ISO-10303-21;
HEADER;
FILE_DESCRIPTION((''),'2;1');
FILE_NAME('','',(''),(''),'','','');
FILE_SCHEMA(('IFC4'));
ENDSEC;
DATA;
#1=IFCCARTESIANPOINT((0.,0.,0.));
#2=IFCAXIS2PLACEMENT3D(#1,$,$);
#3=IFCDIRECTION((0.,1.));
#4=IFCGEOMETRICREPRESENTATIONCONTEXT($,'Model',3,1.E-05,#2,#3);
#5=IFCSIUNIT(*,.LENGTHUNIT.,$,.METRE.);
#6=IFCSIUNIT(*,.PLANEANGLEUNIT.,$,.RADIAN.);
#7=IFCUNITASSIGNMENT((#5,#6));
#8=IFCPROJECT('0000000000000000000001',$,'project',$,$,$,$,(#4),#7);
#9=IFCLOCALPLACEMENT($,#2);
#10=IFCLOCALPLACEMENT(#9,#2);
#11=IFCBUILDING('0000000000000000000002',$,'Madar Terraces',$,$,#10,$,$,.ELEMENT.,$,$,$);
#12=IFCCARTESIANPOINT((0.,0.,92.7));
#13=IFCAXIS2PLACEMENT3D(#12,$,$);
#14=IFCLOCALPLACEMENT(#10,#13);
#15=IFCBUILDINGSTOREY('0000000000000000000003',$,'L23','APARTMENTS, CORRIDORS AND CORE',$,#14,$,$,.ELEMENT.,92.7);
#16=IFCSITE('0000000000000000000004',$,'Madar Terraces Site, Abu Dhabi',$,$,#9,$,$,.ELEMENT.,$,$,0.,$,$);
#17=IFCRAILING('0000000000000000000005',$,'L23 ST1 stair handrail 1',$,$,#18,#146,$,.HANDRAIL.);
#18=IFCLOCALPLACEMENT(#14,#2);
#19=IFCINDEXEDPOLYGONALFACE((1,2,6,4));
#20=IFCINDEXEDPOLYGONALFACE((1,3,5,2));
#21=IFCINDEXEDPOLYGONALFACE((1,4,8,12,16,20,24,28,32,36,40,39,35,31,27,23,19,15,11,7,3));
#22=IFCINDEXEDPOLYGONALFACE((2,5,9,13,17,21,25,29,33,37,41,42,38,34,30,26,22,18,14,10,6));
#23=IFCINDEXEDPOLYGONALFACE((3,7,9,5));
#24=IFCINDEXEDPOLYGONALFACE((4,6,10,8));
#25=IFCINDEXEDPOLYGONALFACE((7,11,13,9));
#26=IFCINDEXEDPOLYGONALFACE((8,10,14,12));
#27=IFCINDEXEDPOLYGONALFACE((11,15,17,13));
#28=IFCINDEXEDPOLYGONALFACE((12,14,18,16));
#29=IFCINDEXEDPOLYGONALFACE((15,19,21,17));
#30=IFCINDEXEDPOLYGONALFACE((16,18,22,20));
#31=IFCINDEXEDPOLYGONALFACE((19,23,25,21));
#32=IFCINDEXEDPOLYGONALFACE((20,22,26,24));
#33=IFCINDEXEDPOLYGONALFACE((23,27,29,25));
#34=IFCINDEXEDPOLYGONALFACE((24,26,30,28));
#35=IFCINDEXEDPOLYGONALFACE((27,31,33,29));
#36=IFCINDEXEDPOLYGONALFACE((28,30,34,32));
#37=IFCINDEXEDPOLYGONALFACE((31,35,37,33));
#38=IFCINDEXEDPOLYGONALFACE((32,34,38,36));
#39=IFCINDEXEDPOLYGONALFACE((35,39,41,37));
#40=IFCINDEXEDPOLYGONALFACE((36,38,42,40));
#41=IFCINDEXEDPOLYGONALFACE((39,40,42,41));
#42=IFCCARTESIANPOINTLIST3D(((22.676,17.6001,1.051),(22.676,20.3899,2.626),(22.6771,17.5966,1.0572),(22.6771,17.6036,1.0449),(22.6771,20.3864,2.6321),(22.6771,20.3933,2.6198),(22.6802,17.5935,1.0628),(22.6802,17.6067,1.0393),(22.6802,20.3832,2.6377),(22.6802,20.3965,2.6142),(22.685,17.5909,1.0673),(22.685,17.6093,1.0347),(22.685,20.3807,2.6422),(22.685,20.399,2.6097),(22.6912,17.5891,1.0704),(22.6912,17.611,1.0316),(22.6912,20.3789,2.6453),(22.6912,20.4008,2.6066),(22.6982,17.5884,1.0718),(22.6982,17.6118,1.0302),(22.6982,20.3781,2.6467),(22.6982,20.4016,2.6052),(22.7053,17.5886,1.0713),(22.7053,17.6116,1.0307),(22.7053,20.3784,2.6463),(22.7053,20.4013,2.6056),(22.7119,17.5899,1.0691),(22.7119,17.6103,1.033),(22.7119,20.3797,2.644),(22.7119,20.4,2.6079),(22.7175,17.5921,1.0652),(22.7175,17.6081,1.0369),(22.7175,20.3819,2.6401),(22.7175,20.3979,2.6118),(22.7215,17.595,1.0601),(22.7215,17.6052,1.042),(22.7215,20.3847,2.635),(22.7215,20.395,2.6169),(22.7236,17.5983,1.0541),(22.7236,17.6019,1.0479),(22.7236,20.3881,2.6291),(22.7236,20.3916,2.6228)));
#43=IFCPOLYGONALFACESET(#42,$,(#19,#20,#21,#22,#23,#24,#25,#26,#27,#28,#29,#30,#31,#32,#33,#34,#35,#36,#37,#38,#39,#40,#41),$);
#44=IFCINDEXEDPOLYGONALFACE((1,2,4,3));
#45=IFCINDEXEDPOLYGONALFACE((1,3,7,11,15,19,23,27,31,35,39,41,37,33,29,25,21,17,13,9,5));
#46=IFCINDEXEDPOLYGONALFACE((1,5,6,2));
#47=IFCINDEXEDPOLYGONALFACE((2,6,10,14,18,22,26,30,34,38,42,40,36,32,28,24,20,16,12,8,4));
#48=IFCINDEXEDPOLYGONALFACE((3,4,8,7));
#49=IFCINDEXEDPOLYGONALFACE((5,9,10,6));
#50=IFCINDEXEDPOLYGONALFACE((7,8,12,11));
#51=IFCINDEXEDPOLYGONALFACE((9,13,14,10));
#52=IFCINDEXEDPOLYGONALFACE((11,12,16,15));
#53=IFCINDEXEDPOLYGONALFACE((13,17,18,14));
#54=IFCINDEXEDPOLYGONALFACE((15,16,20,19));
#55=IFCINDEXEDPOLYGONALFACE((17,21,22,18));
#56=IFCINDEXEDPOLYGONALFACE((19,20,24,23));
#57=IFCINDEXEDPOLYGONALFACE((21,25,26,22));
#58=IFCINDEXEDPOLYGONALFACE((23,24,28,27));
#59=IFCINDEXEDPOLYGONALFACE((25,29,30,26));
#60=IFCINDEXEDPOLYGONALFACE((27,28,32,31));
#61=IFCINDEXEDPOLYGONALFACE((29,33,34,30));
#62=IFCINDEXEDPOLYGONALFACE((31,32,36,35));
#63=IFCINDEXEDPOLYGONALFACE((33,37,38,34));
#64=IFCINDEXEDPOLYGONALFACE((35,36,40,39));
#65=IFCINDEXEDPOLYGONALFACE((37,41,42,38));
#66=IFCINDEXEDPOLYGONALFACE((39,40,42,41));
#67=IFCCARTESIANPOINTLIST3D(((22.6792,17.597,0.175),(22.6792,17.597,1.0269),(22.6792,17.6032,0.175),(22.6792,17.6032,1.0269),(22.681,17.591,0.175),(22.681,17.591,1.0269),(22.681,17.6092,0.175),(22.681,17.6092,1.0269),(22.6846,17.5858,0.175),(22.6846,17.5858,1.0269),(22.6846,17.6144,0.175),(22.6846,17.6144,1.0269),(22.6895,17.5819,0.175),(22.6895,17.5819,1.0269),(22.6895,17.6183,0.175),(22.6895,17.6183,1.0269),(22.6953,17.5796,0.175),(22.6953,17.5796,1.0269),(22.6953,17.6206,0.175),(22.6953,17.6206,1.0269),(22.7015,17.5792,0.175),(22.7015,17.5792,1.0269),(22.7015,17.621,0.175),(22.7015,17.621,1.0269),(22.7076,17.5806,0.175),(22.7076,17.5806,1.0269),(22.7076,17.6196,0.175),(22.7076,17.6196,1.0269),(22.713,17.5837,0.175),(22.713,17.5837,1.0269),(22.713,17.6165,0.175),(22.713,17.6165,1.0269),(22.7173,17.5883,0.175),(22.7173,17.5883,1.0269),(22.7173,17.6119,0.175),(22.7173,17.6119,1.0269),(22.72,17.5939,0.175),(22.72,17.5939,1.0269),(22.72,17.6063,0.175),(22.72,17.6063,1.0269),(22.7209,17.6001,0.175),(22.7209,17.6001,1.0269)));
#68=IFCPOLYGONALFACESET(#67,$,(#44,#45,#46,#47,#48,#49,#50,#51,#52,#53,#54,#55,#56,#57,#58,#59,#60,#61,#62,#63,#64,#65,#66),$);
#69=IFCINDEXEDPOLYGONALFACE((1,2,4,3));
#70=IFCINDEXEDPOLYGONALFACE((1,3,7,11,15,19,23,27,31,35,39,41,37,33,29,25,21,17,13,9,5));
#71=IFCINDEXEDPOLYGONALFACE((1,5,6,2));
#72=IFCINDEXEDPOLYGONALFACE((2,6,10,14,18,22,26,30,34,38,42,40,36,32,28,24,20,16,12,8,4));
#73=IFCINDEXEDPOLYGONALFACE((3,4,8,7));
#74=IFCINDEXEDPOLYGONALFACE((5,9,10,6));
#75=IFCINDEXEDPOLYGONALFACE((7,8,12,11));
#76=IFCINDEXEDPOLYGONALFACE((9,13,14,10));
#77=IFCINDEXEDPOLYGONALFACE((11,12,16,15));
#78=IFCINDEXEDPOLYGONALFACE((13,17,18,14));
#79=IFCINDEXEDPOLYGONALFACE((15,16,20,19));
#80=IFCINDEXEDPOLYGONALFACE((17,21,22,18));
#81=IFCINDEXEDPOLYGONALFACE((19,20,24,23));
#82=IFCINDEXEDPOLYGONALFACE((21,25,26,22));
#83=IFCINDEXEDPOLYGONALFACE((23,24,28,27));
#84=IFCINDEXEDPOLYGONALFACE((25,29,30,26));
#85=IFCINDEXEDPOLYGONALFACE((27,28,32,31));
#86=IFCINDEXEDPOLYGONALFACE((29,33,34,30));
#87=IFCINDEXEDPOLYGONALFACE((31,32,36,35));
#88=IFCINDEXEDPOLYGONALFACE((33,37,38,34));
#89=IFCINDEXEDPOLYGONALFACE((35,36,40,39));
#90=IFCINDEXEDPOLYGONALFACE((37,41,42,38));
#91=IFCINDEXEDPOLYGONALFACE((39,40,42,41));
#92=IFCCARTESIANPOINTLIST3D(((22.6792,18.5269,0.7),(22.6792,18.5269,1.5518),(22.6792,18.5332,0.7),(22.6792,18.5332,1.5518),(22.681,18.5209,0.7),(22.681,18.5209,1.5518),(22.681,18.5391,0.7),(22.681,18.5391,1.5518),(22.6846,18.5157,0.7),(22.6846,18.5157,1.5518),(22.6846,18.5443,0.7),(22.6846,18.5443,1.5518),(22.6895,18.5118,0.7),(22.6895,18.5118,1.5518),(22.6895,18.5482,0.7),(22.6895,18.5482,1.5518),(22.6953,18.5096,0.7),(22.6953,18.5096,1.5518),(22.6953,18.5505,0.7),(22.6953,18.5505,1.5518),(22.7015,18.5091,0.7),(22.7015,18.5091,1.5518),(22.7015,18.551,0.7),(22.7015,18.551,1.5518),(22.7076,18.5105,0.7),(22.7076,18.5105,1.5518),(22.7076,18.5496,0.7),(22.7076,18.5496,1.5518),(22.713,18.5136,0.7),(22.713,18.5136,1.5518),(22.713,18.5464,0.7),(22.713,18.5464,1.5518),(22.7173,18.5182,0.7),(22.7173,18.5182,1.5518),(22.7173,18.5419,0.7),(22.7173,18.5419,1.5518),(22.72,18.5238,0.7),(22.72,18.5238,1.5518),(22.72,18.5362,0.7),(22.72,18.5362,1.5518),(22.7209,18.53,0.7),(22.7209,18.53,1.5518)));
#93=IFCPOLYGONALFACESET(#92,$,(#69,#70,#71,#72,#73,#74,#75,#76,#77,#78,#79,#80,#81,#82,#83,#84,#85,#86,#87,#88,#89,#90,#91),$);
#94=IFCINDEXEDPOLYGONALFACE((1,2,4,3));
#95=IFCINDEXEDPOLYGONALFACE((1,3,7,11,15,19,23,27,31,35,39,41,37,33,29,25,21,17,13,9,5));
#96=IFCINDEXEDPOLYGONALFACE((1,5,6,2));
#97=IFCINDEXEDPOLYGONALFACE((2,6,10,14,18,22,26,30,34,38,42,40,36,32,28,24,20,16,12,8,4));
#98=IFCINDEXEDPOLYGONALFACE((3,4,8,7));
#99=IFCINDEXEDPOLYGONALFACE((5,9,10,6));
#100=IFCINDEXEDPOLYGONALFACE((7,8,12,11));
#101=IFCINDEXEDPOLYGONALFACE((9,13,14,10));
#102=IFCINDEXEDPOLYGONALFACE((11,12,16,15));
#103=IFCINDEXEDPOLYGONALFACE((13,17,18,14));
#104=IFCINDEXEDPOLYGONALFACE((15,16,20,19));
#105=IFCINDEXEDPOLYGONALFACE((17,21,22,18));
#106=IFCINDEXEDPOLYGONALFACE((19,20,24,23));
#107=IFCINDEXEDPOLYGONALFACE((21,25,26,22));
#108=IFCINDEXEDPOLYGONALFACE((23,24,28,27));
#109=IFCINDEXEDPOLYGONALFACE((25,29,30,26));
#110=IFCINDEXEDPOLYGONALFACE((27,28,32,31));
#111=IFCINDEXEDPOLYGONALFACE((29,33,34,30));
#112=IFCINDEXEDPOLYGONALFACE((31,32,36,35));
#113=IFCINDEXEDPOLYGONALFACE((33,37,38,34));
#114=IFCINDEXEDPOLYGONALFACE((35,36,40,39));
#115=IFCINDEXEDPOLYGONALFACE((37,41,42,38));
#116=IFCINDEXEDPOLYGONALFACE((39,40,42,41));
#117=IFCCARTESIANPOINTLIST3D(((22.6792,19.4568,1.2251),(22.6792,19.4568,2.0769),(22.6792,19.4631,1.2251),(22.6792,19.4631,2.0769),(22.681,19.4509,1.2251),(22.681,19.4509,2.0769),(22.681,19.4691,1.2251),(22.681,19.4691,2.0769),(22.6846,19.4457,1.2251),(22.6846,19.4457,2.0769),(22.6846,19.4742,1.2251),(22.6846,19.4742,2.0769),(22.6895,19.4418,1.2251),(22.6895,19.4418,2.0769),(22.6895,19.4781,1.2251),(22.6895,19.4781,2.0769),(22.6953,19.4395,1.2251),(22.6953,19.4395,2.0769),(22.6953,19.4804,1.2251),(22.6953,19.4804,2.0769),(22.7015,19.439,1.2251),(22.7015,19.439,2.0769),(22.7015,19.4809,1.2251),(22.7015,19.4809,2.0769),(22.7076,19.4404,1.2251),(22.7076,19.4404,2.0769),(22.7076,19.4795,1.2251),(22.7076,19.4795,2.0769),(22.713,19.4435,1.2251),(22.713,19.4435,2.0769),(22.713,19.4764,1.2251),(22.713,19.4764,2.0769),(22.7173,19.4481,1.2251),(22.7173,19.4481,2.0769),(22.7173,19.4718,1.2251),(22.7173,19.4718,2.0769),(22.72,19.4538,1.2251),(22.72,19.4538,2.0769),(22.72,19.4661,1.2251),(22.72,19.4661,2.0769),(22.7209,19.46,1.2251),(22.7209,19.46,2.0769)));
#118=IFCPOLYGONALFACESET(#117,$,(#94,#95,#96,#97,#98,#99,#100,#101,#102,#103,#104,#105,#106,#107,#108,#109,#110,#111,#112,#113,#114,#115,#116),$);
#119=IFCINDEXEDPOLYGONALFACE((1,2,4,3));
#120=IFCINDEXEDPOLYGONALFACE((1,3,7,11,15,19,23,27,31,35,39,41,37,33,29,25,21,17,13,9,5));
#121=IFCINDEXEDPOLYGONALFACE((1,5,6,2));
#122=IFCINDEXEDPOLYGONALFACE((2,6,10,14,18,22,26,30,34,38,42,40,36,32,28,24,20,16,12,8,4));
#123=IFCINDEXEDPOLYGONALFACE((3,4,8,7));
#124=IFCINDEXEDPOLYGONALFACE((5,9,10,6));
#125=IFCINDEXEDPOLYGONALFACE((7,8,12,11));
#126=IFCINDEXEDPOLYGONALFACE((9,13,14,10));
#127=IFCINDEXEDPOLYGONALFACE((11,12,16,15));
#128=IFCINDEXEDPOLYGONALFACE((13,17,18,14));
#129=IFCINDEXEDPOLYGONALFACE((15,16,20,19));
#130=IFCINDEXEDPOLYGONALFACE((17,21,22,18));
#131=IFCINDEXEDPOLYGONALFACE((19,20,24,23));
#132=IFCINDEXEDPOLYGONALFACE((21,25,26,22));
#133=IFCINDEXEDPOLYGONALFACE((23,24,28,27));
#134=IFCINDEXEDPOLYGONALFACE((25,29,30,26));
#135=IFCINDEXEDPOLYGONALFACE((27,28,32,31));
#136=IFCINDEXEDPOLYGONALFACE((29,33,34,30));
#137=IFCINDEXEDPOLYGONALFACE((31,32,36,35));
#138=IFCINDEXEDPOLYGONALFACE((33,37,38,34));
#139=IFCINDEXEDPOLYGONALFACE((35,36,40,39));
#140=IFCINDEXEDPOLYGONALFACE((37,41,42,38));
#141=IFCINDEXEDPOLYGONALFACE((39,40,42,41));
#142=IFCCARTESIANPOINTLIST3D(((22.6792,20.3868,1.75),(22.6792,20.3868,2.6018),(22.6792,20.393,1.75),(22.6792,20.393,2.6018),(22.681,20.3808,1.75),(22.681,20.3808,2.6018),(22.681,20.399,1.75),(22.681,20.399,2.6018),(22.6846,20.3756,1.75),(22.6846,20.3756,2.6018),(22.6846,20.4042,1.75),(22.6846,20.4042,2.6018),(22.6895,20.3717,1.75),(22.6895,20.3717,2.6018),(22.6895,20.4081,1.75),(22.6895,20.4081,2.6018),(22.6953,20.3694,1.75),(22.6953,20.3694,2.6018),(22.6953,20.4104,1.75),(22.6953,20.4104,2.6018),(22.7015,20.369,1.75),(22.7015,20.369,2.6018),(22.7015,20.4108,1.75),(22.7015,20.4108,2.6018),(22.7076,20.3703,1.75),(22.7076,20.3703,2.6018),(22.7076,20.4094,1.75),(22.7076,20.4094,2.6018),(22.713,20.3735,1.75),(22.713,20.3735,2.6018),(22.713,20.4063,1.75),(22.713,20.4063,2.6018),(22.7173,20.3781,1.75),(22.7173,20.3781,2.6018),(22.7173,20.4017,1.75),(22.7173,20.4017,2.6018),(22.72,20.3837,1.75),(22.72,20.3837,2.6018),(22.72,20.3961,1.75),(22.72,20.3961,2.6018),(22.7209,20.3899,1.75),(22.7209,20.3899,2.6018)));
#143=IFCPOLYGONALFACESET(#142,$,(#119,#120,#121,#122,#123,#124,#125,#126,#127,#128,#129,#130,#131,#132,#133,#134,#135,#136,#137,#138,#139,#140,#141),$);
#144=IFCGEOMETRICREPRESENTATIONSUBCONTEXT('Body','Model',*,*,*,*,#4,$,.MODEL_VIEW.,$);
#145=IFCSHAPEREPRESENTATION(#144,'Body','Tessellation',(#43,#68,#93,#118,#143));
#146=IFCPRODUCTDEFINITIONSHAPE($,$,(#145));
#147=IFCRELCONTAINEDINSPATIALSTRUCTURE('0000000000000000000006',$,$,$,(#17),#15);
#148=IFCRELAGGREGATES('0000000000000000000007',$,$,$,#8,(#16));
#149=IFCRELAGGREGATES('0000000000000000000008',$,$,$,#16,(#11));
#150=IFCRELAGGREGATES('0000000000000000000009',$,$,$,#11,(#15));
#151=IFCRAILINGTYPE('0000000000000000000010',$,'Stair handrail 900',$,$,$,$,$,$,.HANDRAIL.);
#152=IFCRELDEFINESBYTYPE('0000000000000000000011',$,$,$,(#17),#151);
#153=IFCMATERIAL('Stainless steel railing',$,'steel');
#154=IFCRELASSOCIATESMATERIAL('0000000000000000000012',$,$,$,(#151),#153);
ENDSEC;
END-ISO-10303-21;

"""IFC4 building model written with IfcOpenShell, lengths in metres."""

from ifc_helpers import new_model, si_unit, direction, frame, origin, origin_2d, place, context, subcontext, project, spatial, circle, extrude, material, type_object, element, save


model = new_model("IFC4")

# Units and contexts
model_context = context("Model", 3, precision=1e-05, world=origin(), true_north=direction((0.0, 1.0)))
body_context = subcontext(model_context, "Body", "Model", "MODEL_VIEW")
ifc_project = project(units=[si_unit("LENGTHUNIT", "METRE"), si_unit("PLANEANGLEUNIT", "RADIAN")], contexts=[model_context])

# Site, building, storey
site_placement = place(None, origin())
site = spatial("IfcSite", under=ifc_project, at=site_placement, Name="Madar Terraces Site, Abu Dhabi", CompositionType="ELEMENT", RefElevation=0.0)
building_placement = place(site_placement, origin())
building = spatial("IfcBuilding", under=site, at=building_placement, Name="Madar Terraces", CompositionType="ELEMENT")
storey_placement = place(building_placement, frame((0.0, 0.0, 92.7)))
storey = spatial("IfcBuildingStorey", under=building, at=storey_placement, Name="L23", Description="APARTMENTS, CORRIDORS AND CORE", CompositionType="ELEMENT", Elevation=92.7)

# Railing
ifc_material_1 = material(Name="Stainless steel railing", Category="steel")
railing_type_1 = type_object("IfcRailingType", Name="Stair handrail 900", PredefinedType="HANDRAIL", material=ifc_material_1)
railing_1_placement = place(storey_placement, frame((22.7, 17.6001, 0.175)))
element("IfcRailing", 1, at=railing_1_placement, inside=storey, type_object=railing_type_1, Name="L23 ST1 stair handrail 1", PredefinedType="HANDRAIL", context=body_context, shape_type="SweptSolid", body=[
    extrude(circle(Radius=0.0239, at=origin_2d()), frame((0.0, 0.0, 0.876), z_axis=(0.0, 0.870815, 0.49161), x_axis=(-1.0, 0.0, 0.0)), (0.0, 0.0, 1.0), 3.2036),
    extrude(circle(Radius=0.021, at=origin_2d()), origin(), (0.0, 0.0, 1.0), 0.8518),
    extrude(circle(Radius=0.021, at=origin_2d()), frame((0.0, 0.9299, 0.5249)), (0.0, 0.0, 1.0), 0.8518),
    extrude(circle(Radius=0.021, at=origin_2d()), frame((0.0, 1.8599, 1.05)), (0.0, 0.0, 1.0), 0.8518),
    extrude(circle(Radius=0.021, at=origin_2d()), frame((0.0, 2.7898, 1.575)), (0.0, 0.0, 1.0), 0.8518),
])

save(model, "model.ifc")
